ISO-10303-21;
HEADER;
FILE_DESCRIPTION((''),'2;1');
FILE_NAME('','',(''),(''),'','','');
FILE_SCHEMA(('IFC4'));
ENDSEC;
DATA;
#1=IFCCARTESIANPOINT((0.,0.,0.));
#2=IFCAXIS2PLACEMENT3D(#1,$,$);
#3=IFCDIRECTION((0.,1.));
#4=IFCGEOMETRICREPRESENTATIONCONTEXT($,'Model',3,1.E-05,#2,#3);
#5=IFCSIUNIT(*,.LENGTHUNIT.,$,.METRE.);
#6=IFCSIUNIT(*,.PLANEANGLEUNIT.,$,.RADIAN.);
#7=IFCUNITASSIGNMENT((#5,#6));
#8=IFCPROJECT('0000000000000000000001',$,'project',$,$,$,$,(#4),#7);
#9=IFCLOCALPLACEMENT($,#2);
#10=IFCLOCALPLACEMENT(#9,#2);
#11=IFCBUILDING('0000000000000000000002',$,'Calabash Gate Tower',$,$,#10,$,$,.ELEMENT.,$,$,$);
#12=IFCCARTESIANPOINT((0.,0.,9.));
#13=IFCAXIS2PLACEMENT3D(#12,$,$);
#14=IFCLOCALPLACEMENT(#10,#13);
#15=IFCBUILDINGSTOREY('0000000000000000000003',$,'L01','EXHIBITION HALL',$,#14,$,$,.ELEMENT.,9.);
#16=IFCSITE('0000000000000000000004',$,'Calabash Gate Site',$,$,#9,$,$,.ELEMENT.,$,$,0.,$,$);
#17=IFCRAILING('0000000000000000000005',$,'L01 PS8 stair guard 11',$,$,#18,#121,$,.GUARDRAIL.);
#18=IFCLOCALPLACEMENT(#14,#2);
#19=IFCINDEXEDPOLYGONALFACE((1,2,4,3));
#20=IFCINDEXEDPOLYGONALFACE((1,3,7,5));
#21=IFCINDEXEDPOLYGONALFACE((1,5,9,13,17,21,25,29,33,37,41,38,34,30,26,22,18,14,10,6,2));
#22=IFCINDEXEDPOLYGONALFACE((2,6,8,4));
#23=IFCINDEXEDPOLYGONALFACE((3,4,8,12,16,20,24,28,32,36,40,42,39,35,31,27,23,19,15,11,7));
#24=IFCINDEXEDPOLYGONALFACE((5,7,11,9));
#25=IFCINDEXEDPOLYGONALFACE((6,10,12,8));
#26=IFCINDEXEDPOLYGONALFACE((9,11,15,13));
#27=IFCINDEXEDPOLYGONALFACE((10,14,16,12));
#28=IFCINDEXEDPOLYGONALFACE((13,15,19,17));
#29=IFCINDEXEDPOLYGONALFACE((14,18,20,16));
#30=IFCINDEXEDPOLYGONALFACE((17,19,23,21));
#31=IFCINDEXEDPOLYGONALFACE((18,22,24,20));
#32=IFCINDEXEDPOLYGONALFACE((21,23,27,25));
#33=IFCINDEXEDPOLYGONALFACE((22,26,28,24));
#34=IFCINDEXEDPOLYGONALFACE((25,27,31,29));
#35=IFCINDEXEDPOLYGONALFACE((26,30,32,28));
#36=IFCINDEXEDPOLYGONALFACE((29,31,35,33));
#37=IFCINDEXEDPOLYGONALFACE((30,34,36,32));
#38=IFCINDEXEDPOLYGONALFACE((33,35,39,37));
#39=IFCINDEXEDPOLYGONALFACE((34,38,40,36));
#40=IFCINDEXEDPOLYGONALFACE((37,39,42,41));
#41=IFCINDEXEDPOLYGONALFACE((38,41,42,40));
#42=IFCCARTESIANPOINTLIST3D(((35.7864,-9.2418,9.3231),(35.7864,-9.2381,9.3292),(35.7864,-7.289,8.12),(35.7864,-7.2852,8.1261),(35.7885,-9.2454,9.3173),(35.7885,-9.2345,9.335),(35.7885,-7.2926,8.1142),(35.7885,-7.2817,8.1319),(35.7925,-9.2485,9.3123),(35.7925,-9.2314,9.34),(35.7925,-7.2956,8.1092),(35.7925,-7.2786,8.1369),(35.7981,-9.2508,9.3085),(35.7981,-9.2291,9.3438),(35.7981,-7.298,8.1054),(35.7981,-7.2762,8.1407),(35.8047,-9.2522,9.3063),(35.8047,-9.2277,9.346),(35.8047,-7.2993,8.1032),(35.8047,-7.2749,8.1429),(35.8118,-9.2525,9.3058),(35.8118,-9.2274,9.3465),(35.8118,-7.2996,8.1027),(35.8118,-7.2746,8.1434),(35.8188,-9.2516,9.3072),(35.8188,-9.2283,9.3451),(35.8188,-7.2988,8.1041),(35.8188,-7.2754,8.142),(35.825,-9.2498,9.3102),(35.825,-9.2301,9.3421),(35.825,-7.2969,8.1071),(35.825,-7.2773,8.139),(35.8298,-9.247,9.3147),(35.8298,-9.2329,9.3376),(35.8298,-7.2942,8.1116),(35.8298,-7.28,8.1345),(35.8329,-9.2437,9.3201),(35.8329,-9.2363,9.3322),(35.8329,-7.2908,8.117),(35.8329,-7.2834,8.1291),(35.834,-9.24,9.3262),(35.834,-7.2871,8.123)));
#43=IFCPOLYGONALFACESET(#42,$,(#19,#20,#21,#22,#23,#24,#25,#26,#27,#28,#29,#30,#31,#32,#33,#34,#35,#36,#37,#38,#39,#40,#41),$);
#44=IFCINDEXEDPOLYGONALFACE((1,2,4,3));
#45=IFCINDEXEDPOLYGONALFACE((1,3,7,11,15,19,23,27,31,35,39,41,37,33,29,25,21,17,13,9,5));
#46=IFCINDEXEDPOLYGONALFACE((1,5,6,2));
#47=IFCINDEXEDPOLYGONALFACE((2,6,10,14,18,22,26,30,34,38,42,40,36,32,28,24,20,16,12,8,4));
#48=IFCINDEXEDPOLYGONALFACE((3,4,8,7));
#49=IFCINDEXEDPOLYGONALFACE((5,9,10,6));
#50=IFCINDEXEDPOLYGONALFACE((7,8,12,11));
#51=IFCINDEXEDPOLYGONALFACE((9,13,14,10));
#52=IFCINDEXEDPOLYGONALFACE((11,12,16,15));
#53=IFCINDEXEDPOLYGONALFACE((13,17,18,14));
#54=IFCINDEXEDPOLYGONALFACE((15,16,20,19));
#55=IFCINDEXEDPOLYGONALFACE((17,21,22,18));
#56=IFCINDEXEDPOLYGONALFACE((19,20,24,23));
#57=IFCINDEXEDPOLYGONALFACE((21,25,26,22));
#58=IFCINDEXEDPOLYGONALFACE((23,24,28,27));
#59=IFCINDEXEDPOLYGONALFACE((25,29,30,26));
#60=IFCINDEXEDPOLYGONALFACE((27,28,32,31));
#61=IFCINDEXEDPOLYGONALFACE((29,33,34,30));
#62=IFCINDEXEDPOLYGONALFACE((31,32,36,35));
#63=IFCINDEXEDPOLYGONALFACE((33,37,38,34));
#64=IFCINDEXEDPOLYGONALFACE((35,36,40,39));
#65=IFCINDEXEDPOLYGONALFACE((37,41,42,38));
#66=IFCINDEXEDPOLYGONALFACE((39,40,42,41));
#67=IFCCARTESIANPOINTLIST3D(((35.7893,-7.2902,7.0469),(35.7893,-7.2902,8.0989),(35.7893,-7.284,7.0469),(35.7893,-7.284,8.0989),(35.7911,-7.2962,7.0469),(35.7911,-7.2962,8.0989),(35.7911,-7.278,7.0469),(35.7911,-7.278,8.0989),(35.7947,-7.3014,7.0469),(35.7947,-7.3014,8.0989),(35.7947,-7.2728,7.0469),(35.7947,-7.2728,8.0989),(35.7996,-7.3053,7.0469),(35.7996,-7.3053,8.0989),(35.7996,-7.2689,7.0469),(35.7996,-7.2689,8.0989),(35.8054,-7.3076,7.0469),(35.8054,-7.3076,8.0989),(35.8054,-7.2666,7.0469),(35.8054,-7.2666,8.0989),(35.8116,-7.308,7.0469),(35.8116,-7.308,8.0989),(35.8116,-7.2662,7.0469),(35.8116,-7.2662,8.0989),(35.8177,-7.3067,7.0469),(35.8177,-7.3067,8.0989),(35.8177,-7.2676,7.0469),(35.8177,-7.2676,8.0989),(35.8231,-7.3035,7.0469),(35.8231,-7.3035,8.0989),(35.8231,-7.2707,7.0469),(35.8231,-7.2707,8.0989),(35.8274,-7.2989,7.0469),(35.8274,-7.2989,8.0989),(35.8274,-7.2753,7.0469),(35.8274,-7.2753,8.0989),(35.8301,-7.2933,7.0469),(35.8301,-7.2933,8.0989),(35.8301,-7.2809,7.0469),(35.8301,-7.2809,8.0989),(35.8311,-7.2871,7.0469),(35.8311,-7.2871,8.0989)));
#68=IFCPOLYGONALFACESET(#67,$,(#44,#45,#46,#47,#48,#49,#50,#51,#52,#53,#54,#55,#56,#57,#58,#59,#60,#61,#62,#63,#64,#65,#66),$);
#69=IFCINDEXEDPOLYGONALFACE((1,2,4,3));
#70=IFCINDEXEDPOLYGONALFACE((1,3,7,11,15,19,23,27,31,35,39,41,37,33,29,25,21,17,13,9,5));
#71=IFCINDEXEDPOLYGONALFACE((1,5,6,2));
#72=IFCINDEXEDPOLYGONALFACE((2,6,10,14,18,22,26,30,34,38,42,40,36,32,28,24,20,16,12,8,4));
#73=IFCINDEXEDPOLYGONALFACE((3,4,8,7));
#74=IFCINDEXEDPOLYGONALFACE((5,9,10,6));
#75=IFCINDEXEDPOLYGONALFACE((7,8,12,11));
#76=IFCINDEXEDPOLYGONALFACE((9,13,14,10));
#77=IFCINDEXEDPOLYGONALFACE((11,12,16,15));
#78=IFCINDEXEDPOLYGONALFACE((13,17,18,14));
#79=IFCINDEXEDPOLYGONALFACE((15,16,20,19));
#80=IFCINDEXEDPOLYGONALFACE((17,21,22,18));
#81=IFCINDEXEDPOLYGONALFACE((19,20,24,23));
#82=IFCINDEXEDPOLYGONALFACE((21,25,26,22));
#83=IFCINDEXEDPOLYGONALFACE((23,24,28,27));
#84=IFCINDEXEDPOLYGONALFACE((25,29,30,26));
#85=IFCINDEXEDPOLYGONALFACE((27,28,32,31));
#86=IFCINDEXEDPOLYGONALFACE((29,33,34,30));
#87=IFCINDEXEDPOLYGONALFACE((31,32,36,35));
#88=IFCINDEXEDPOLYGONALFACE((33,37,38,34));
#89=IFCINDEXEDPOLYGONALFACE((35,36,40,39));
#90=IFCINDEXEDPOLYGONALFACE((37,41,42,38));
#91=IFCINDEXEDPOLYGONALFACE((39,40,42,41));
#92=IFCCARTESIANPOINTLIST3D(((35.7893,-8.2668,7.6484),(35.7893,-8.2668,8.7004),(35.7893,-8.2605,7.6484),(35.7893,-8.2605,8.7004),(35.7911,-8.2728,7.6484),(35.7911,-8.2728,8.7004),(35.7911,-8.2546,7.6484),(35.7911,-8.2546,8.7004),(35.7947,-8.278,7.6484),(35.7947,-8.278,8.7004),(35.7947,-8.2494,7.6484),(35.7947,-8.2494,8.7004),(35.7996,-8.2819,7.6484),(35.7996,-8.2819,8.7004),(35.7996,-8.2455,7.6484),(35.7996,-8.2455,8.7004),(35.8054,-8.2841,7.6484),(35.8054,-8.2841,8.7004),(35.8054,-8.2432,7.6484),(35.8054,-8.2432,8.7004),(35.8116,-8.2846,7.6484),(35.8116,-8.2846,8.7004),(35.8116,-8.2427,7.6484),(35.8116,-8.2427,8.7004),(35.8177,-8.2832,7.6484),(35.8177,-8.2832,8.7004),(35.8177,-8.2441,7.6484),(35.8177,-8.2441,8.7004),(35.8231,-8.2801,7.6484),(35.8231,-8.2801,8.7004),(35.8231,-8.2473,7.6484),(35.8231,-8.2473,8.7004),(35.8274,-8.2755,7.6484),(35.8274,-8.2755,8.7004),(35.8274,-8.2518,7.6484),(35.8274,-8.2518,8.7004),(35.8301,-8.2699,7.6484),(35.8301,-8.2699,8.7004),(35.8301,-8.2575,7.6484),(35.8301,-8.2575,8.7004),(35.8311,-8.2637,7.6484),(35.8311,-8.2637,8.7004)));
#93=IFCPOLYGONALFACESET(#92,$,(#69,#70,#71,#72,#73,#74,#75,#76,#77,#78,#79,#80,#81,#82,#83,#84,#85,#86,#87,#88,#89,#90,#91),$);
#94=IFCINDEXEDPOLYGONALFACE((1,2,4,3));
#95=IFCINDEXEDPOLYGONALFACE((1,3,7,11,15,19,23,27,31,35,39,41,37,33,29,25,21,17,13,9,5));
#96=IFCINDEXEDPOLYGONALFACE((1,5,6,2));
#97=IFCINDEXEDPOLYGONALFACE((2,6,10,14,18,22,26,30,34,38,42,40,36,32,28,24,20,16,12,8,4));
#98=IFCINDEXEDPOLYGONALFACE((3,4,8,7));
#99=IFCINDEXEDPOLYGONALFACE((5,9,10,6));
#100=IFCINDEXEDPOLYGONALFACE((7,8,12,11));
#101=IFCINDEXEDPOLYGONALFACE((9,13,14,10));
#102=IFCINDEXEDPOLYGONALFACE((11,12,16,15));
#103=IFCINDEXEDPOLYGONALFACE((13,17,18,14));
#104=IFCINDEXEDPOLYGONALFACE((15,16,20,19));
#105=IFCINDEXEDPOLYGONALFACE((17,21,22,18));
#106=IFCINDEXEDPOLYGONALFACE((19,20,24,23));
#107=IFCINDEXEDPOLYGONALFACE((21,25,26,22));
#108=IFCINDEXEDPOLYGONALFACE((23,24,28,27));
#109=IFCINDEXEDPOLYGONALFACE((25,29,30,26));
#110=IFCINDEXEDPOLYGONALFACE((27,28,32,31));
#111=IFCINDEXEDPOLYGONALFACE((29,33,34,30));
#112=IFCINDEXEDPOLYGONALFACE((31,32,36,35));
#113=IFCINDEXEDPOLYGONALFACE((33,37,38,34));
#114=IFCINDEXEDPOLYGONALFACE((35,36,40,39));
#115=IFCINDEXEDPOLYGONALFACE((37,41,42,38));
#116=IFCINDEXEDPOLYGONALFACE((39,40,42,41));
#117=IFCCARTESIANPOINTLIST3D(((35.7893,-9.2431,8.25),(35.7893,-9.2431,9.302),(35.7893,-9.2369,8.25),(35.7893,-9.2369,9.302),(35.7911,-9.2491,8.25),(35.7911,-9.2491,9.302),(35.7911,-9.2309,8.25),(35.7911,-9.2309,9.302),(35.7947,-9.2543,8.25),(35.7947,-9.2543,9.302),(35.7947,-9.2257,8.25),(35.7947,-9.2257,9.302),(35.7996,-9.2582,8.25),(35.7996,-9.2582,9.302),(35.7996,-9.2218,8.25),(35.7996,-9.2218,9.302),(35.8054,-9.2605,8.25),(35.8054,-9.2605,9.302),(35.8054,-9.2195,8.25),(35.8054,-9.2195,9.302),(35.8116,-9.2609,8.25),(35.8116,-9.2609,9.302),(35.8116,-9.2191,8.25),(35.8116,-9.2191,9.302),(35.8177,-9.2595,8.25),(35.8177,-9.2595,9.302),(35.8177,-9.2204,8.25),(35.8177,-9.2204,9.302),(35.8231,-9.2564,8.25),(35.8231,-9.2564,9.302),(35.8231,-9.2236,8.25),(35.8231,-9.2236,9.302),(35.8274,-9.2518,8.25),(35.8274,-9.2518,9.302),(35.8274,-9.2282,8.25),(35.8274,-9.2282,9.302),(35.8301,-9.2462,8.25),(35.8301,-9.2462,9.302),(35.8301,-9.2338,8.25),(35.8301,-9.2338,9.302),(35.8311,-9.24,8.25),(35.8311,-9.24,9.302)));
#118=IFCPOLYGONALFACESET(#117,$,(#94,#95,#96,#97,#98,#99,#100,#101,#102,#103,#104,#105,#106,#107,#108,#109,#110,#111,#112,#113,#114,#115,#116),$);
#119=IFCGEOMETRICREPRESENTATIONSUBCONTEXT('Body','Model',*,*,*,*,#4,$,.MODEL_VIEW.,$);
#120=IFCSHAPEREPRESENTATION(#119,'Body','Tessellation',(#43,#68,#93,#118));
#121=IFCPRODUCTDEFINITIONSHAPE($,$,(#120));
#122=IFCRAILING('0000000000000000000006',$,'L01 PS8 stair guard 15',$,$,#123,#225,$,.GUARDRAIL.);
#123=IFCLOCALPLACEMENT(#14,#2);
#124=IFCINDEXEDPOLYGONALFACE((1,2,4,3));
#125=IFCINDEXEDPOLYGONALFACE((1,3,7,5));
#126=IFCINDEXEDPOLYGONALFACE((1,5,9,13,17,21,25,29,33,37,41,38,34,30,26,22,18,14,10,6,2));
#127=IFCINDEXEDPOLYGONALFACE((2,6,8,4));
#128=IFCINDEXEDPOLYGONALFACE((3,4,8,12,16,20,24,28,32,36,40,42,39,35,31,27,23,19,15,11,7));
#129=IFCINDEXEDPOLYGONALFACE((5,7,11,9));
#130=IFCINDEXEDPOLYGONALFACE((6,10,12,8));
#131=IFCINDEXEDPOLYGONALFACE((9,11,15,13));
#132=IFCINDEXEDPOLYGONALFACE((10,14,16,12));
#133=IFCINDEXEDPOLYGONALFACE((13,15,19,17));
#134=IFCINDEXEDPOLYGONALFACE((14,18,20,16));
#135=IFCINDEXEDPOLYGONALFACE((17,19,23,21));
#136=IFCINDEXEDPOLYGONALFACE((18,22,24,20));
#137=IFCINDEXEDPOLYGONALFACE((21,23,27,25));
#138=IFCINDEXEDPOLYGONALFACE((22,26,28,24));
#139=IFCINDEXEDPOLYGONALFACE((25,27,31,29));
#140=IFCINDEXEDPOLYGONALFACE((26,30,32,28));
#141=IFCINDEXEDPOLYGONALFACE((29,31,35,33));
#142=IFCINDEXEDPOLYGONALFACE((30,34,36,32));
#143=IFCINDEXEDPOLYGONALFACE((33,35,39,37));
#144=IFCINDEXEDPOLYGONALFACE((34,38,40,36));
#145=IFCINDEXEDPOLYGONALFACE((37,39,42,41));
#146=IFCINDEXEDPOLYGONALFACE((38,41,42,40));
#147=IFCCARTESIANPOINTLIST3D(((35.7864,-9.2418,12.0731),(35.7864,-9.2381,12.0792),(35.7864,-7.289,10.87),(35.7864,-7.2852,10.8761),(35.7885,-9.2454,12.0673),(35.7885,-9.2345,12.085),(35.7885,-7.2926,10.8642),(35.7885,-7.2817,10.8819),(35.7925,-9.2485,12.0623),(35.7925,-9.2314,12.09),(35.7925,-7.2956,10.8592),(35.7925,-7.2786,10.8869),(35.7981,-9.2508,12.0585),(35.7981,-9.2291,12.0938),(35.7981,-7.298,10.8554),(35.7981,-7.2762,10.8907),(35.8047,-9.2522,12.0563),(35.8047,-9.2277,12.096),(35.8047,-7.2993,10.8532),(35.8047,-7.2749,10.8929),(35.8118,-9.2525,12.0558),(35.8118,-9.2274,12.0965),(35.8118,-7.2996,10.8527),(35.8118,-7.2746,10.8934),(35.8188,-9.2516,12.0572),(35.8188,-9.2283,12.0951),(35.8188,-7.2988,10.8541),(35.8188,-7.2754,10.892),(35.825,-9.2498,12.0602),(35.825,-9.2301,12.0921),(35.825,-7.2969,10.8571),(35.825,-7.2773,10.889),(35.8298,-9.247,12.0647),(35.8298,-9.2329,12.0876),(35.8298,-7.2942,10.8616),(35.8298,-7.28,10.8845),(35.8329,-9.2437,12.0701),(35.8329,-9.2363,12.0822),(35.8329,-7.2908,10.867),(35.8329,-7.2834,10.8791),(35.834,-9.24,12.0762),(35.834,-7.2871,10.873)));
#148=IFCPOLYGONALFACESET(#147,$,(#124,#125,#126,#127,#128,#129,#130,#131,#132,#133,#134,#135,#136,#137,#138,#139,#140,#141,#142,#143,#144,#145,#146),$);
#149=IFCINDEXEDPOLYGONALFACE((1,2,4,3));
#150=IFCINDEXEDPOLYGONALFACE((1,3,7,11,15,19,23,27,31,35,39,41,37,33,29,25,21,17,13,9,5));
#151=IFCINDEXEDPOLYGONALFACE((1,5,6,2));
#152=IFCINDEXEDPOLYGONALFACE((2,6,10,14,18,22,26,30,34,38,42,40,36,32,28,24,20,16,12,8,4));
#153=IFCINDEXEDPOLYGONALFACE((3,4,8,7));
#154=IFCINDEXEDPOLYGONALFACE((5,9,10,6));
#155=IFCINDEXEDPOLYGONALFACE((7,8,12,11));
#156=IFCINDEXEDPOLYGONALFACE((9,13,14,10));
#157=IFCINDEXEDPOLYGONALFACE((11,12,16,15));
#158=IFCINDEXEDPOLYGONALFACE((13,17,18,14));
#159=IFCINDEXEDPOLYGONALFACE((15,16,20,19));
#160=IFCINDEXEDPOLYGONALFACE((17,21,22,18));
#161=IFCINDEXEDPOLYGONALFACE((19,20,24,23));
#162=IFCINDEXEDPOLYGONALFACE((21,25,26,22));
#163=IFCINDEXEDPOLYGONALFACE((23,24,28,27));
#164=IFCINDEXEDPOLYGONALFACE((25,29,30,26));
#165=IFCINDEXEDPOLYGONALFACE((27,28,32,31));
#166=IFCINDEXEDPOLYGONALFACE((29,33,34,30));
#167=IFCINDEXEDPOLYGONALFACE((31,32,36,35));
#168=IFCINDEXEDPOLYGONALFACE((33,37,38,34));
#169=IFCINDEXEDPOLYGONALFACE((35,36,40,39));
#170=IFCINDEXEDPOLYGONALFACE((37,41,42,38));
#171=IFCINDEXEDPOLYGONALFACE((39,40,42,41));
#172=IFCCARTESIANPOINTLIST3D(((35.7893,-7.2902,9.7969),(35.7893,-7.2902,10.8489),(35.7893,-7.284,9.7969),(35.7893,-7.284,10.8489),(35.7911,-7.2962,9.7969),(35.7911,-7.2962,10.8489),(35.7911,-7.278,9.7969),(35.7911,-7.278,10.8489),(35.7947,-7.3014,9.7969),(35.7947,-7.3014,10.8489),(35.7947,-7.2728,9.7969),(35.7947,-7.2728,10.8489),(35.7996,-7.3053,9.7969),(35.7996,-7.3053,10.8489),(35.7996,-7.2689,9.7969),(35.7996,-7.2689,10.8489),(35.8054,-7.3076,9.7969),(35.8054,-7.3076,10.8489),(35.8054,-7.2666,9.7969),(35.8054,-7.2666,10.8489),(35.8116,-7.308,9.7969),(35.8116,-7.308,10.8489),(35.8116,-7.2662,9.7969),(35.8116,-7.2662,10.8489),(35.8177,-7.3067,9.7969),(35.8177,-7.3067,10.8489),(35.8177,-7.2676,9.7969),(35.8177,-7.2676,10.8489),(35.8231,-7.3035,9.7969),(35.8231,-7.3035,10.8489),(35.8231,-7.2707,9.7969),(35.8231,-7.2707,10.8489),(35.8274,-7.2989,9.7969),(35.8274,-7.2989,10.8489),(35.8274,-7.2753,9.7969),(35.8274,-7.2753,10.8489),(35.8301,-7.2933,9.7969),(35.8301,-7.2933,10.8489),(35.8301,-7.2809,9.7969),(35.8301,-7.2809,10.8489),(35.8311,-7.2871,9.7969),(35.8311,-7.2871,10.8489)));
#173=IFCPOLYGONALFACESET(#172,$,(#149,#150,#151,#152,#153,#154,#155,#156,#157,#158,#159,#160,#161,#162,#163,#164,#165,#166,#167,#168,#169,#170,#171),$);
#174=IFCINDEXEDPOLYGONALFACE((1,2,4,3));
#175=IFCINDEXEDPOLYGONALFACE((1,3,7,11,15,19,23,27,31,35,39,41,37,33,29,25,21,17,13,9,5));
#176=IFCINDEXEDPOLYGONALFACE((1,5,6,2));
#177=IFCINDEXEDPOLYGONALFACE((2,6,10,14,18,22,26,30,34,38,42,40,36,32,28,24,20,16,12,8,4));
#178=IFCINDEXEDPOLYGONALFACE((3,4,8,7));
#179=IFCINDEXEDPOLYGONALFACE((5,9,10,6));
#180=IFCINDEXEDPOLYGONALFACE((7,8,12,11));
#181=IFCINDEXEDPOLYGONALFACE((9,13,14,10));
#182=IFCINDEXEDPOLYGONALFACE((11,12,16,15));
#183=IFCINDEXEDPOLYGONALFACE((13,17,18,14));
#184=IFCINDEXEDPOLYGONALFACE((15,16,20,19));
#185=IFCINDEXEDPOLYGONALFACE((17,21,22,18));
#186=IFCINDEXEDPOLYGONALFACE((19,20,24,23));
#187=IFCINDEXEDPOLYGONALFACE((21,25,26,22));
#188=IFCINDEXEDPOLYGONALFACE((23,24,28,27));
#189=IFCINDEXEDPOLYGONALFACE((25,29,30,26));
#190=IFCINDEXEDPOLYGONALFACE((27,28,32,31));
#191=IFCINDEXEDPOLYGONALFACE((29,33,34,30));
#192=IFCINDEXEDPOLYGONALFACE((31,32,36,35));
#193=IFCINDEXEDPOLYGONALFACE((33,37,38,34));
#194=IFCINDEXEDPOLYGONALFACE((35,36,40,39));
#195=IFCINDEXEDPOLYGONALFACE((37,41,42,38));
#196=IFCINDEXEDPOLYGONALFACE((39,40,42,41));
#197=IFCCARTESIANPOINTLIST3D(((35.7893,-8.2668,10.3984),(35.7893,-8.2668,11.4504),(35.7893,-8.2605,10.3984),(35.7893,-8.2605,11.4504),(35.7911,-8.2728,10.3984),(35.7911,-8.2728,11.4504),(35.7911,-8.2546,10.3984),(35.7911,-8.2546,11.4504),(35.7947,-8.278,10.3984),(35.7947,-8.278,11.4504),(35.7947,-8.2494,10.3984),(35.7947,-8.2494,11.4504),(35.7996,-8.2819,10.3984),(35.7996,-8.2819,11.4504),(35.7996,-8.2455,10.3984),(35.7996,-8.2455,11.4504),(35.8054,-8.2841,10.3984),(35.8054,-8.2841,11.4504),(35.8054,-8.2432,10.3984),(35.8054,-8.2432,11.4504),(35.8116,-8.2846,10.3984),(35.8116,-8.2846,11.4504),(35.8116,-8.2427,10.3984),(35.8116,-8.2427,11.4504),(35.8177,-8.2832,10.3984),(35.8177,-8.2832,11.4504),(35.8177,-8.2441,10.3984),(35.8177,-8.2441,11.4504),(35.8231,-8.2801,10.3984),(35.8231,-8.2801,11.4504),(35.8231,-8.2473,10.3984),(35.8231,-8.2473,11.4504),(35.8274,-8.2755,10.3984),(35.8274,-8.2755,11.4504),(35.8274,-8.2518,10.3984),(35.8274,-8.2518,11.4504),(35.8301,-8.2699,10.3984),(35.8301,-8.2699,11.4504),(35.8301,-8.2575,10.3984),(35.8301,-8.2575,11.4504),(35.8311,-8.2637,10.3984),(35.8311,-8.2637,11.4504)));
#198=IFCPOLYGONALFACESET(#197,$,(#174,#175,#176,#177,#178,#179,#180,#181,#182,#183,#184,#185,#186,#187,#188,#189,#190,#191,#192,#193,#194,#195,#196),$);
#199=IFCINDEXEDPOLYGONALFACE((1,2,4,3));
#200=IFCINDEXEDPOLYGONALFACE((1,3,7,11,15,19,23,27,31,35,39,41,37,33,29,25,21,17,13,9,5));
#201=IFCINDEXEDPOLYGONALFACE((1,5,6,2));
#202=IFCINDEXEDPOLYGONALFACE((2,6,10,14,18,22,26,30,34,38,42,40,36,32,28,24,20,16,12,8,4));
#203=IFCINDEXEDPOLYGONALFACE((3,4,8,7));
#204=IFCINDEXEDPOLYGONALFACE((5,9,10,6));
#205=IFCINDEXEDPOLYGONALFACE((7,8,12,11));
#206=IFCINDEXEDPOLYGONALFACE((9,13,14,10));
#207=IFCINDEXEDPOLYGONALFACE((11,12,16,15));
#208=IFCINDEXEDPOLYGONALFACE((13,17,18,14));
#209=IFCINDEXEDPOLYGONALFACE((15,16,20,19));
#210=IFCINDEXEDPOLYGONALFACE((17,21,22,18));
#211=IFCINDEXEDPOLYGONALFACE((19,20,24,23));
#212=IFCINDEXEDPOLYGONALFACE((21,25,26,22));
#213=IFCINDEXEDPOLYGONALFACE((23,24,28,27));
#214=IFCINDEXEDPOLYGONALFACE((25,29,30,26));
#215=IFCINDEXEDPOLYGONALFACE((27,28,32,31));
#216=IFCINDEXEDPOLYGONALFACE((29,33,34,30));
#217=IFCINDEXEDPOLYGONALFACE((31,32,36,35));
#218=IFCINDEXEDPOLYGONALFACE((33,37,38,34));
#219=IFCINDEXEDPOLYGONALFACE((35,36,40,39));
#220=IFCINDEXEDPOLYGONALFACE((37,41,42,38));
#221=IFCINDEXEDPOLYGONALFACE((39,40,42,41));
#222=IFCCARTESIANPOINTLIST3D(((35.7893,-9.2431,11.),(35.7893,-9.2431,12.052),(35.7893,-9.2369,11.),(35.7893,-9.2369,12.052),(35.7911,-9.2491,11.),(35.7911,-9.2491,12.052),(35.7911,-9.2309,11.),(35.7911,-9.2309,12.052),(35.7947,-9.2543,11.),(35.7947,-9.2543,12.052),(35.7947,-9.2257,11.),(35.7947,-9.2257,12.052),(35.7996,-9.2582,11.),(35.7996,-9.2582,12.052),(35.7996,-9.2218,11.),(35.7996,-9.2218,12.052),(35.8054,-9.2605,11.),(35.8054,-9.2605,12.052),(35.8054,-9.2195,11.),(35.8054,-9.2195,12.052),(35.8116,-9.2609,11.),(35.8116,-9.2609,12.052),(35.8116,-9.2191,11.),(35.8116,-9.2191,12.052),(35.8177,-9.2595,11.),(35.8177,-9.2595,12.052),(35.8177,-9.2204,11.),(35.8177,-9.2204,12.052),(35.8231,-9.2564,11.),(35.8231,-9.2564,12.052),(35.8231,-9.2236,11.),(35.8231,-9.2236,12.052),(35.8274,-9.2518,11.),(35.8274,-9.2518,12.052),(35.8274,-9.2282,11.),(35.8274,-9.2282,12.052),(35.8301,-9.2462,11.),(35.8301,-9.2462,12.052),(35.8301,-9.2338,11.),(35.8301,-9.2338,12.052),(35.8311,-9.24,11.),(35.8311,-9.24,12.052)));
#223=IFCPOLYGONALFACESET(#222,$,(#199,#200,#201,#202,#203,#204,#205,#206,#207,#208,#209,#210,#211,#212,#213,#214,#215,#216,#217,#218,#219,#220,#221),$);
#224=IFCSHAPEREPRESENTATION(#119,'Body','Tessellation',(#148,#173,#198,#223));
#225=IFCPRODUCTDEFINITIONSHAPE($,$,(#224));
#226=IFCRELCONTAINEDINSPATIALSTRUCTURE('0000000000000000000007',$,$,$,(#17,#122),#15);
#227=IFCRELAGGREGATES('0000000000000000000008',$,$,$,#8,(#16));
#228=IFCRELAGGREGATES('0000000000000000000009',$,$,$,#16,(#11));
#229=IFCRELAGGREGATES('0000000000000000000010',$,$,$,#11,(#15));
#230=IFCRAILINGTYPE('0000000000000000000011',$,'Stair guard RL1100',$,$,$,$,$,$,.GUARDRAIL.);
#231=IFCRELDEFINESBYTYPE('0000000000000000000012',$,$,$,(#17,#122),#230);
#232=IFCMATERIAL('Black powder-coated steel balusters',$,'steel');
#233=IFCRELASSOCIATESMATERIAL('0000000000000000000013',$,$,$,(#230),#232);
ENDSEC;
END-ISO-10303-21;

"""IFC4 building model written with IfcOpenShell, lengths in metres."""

from ifc_helpers import new_model, si_unit, direction, frame, origin, origin_2d, place, context, subcontext, project, spatial, circle, extrude, material, type_object, element, save


model = new_model("IFC4")

# Units and contexts
model_context = context("Model", 3, precision=1e-05, world=origin(), true_north=direction((0.0, 1.0)))
body_context = subcontext(model_context, "Body", "Model", "MODEL_VIEW")
ifc_project = project(units=[si_unit("LENGTHUNIT", "METRE"), si_unit("PLANEANGLEUNIT", "RADIAN")], contexts=[model_context])

# Site, building, storey
site_placement = place(None, origin())
site = spatial("IfcSite", under=ifc_project, at=site_placement, Name="Calabash Gate Site", CompositionType="ELEMENT", RefElevation=0.0)
building_placement = place(site_placement, origin())
building = spatial("IfcBuilding", under=site, at=building_placement, Name="Calabash Gate Tower", CompositionType="ELEMENT")
storey_placement = place(building_placement, frame((0.0, 0.0, 9.0)))
storey = spatial("IfcBuildingStorey", under=building, at=storey_placement, Name="L01", Description="EXHIBITION HALL", CompositionType="ELEMENT", Elevation=9.0)

# Railings
ifc_material_1 = material(Name="Black powder-coated steel balusters", Category="steel")
railing_type_1 = type_object("IfcRailingType", Name="Stair guard RL1100", PredefinedType="GUARDRAIL", material=ifc_material_1)
for number, where, name in (
    (1, (35.8101, -7.2871, 7.0469), "L01 PS8 stair guard 11"),
    (2, (35.8101, -7.2871, 9.7969), "L01 PS8 stair guard 15"),
):
    element("IfcRailing", number, at=place(storey_placement, frame(where)), inside=storey, type_object=railing_type_1, Name=name, PredefinedType="GUARDRAIL", context=body_context, shape_type="SweptSolid", body=[
        extrude(circle(Radius=0.0239, at=origin_2d()), frame((0.0, 0.0, 1.0762), z_axis=(0.0, -0.851395, 0.524525), x_axis=(1.0, 0.0, 0.0)), (0.0, 0.0, 1.0), 2.2937),
        extrude(circle(Radius=0.021, at=origin_2d()), origin(), (0.0, 0.0, 1.0), 1.052),
        extrude(circle(Radius=0.021, at=origin_2d()), frame((0.0, -0.9766, 0.6016)), (0.0, 0.0, 1.0), 1.052),
        extrude(circle(Radius=0.021, at=origin_2d()), frame((0.0, -1.9529, 1.2031)), (0.0, 0.0, 1.0), 1.052),
    ])

save(model, "model.ifc")
